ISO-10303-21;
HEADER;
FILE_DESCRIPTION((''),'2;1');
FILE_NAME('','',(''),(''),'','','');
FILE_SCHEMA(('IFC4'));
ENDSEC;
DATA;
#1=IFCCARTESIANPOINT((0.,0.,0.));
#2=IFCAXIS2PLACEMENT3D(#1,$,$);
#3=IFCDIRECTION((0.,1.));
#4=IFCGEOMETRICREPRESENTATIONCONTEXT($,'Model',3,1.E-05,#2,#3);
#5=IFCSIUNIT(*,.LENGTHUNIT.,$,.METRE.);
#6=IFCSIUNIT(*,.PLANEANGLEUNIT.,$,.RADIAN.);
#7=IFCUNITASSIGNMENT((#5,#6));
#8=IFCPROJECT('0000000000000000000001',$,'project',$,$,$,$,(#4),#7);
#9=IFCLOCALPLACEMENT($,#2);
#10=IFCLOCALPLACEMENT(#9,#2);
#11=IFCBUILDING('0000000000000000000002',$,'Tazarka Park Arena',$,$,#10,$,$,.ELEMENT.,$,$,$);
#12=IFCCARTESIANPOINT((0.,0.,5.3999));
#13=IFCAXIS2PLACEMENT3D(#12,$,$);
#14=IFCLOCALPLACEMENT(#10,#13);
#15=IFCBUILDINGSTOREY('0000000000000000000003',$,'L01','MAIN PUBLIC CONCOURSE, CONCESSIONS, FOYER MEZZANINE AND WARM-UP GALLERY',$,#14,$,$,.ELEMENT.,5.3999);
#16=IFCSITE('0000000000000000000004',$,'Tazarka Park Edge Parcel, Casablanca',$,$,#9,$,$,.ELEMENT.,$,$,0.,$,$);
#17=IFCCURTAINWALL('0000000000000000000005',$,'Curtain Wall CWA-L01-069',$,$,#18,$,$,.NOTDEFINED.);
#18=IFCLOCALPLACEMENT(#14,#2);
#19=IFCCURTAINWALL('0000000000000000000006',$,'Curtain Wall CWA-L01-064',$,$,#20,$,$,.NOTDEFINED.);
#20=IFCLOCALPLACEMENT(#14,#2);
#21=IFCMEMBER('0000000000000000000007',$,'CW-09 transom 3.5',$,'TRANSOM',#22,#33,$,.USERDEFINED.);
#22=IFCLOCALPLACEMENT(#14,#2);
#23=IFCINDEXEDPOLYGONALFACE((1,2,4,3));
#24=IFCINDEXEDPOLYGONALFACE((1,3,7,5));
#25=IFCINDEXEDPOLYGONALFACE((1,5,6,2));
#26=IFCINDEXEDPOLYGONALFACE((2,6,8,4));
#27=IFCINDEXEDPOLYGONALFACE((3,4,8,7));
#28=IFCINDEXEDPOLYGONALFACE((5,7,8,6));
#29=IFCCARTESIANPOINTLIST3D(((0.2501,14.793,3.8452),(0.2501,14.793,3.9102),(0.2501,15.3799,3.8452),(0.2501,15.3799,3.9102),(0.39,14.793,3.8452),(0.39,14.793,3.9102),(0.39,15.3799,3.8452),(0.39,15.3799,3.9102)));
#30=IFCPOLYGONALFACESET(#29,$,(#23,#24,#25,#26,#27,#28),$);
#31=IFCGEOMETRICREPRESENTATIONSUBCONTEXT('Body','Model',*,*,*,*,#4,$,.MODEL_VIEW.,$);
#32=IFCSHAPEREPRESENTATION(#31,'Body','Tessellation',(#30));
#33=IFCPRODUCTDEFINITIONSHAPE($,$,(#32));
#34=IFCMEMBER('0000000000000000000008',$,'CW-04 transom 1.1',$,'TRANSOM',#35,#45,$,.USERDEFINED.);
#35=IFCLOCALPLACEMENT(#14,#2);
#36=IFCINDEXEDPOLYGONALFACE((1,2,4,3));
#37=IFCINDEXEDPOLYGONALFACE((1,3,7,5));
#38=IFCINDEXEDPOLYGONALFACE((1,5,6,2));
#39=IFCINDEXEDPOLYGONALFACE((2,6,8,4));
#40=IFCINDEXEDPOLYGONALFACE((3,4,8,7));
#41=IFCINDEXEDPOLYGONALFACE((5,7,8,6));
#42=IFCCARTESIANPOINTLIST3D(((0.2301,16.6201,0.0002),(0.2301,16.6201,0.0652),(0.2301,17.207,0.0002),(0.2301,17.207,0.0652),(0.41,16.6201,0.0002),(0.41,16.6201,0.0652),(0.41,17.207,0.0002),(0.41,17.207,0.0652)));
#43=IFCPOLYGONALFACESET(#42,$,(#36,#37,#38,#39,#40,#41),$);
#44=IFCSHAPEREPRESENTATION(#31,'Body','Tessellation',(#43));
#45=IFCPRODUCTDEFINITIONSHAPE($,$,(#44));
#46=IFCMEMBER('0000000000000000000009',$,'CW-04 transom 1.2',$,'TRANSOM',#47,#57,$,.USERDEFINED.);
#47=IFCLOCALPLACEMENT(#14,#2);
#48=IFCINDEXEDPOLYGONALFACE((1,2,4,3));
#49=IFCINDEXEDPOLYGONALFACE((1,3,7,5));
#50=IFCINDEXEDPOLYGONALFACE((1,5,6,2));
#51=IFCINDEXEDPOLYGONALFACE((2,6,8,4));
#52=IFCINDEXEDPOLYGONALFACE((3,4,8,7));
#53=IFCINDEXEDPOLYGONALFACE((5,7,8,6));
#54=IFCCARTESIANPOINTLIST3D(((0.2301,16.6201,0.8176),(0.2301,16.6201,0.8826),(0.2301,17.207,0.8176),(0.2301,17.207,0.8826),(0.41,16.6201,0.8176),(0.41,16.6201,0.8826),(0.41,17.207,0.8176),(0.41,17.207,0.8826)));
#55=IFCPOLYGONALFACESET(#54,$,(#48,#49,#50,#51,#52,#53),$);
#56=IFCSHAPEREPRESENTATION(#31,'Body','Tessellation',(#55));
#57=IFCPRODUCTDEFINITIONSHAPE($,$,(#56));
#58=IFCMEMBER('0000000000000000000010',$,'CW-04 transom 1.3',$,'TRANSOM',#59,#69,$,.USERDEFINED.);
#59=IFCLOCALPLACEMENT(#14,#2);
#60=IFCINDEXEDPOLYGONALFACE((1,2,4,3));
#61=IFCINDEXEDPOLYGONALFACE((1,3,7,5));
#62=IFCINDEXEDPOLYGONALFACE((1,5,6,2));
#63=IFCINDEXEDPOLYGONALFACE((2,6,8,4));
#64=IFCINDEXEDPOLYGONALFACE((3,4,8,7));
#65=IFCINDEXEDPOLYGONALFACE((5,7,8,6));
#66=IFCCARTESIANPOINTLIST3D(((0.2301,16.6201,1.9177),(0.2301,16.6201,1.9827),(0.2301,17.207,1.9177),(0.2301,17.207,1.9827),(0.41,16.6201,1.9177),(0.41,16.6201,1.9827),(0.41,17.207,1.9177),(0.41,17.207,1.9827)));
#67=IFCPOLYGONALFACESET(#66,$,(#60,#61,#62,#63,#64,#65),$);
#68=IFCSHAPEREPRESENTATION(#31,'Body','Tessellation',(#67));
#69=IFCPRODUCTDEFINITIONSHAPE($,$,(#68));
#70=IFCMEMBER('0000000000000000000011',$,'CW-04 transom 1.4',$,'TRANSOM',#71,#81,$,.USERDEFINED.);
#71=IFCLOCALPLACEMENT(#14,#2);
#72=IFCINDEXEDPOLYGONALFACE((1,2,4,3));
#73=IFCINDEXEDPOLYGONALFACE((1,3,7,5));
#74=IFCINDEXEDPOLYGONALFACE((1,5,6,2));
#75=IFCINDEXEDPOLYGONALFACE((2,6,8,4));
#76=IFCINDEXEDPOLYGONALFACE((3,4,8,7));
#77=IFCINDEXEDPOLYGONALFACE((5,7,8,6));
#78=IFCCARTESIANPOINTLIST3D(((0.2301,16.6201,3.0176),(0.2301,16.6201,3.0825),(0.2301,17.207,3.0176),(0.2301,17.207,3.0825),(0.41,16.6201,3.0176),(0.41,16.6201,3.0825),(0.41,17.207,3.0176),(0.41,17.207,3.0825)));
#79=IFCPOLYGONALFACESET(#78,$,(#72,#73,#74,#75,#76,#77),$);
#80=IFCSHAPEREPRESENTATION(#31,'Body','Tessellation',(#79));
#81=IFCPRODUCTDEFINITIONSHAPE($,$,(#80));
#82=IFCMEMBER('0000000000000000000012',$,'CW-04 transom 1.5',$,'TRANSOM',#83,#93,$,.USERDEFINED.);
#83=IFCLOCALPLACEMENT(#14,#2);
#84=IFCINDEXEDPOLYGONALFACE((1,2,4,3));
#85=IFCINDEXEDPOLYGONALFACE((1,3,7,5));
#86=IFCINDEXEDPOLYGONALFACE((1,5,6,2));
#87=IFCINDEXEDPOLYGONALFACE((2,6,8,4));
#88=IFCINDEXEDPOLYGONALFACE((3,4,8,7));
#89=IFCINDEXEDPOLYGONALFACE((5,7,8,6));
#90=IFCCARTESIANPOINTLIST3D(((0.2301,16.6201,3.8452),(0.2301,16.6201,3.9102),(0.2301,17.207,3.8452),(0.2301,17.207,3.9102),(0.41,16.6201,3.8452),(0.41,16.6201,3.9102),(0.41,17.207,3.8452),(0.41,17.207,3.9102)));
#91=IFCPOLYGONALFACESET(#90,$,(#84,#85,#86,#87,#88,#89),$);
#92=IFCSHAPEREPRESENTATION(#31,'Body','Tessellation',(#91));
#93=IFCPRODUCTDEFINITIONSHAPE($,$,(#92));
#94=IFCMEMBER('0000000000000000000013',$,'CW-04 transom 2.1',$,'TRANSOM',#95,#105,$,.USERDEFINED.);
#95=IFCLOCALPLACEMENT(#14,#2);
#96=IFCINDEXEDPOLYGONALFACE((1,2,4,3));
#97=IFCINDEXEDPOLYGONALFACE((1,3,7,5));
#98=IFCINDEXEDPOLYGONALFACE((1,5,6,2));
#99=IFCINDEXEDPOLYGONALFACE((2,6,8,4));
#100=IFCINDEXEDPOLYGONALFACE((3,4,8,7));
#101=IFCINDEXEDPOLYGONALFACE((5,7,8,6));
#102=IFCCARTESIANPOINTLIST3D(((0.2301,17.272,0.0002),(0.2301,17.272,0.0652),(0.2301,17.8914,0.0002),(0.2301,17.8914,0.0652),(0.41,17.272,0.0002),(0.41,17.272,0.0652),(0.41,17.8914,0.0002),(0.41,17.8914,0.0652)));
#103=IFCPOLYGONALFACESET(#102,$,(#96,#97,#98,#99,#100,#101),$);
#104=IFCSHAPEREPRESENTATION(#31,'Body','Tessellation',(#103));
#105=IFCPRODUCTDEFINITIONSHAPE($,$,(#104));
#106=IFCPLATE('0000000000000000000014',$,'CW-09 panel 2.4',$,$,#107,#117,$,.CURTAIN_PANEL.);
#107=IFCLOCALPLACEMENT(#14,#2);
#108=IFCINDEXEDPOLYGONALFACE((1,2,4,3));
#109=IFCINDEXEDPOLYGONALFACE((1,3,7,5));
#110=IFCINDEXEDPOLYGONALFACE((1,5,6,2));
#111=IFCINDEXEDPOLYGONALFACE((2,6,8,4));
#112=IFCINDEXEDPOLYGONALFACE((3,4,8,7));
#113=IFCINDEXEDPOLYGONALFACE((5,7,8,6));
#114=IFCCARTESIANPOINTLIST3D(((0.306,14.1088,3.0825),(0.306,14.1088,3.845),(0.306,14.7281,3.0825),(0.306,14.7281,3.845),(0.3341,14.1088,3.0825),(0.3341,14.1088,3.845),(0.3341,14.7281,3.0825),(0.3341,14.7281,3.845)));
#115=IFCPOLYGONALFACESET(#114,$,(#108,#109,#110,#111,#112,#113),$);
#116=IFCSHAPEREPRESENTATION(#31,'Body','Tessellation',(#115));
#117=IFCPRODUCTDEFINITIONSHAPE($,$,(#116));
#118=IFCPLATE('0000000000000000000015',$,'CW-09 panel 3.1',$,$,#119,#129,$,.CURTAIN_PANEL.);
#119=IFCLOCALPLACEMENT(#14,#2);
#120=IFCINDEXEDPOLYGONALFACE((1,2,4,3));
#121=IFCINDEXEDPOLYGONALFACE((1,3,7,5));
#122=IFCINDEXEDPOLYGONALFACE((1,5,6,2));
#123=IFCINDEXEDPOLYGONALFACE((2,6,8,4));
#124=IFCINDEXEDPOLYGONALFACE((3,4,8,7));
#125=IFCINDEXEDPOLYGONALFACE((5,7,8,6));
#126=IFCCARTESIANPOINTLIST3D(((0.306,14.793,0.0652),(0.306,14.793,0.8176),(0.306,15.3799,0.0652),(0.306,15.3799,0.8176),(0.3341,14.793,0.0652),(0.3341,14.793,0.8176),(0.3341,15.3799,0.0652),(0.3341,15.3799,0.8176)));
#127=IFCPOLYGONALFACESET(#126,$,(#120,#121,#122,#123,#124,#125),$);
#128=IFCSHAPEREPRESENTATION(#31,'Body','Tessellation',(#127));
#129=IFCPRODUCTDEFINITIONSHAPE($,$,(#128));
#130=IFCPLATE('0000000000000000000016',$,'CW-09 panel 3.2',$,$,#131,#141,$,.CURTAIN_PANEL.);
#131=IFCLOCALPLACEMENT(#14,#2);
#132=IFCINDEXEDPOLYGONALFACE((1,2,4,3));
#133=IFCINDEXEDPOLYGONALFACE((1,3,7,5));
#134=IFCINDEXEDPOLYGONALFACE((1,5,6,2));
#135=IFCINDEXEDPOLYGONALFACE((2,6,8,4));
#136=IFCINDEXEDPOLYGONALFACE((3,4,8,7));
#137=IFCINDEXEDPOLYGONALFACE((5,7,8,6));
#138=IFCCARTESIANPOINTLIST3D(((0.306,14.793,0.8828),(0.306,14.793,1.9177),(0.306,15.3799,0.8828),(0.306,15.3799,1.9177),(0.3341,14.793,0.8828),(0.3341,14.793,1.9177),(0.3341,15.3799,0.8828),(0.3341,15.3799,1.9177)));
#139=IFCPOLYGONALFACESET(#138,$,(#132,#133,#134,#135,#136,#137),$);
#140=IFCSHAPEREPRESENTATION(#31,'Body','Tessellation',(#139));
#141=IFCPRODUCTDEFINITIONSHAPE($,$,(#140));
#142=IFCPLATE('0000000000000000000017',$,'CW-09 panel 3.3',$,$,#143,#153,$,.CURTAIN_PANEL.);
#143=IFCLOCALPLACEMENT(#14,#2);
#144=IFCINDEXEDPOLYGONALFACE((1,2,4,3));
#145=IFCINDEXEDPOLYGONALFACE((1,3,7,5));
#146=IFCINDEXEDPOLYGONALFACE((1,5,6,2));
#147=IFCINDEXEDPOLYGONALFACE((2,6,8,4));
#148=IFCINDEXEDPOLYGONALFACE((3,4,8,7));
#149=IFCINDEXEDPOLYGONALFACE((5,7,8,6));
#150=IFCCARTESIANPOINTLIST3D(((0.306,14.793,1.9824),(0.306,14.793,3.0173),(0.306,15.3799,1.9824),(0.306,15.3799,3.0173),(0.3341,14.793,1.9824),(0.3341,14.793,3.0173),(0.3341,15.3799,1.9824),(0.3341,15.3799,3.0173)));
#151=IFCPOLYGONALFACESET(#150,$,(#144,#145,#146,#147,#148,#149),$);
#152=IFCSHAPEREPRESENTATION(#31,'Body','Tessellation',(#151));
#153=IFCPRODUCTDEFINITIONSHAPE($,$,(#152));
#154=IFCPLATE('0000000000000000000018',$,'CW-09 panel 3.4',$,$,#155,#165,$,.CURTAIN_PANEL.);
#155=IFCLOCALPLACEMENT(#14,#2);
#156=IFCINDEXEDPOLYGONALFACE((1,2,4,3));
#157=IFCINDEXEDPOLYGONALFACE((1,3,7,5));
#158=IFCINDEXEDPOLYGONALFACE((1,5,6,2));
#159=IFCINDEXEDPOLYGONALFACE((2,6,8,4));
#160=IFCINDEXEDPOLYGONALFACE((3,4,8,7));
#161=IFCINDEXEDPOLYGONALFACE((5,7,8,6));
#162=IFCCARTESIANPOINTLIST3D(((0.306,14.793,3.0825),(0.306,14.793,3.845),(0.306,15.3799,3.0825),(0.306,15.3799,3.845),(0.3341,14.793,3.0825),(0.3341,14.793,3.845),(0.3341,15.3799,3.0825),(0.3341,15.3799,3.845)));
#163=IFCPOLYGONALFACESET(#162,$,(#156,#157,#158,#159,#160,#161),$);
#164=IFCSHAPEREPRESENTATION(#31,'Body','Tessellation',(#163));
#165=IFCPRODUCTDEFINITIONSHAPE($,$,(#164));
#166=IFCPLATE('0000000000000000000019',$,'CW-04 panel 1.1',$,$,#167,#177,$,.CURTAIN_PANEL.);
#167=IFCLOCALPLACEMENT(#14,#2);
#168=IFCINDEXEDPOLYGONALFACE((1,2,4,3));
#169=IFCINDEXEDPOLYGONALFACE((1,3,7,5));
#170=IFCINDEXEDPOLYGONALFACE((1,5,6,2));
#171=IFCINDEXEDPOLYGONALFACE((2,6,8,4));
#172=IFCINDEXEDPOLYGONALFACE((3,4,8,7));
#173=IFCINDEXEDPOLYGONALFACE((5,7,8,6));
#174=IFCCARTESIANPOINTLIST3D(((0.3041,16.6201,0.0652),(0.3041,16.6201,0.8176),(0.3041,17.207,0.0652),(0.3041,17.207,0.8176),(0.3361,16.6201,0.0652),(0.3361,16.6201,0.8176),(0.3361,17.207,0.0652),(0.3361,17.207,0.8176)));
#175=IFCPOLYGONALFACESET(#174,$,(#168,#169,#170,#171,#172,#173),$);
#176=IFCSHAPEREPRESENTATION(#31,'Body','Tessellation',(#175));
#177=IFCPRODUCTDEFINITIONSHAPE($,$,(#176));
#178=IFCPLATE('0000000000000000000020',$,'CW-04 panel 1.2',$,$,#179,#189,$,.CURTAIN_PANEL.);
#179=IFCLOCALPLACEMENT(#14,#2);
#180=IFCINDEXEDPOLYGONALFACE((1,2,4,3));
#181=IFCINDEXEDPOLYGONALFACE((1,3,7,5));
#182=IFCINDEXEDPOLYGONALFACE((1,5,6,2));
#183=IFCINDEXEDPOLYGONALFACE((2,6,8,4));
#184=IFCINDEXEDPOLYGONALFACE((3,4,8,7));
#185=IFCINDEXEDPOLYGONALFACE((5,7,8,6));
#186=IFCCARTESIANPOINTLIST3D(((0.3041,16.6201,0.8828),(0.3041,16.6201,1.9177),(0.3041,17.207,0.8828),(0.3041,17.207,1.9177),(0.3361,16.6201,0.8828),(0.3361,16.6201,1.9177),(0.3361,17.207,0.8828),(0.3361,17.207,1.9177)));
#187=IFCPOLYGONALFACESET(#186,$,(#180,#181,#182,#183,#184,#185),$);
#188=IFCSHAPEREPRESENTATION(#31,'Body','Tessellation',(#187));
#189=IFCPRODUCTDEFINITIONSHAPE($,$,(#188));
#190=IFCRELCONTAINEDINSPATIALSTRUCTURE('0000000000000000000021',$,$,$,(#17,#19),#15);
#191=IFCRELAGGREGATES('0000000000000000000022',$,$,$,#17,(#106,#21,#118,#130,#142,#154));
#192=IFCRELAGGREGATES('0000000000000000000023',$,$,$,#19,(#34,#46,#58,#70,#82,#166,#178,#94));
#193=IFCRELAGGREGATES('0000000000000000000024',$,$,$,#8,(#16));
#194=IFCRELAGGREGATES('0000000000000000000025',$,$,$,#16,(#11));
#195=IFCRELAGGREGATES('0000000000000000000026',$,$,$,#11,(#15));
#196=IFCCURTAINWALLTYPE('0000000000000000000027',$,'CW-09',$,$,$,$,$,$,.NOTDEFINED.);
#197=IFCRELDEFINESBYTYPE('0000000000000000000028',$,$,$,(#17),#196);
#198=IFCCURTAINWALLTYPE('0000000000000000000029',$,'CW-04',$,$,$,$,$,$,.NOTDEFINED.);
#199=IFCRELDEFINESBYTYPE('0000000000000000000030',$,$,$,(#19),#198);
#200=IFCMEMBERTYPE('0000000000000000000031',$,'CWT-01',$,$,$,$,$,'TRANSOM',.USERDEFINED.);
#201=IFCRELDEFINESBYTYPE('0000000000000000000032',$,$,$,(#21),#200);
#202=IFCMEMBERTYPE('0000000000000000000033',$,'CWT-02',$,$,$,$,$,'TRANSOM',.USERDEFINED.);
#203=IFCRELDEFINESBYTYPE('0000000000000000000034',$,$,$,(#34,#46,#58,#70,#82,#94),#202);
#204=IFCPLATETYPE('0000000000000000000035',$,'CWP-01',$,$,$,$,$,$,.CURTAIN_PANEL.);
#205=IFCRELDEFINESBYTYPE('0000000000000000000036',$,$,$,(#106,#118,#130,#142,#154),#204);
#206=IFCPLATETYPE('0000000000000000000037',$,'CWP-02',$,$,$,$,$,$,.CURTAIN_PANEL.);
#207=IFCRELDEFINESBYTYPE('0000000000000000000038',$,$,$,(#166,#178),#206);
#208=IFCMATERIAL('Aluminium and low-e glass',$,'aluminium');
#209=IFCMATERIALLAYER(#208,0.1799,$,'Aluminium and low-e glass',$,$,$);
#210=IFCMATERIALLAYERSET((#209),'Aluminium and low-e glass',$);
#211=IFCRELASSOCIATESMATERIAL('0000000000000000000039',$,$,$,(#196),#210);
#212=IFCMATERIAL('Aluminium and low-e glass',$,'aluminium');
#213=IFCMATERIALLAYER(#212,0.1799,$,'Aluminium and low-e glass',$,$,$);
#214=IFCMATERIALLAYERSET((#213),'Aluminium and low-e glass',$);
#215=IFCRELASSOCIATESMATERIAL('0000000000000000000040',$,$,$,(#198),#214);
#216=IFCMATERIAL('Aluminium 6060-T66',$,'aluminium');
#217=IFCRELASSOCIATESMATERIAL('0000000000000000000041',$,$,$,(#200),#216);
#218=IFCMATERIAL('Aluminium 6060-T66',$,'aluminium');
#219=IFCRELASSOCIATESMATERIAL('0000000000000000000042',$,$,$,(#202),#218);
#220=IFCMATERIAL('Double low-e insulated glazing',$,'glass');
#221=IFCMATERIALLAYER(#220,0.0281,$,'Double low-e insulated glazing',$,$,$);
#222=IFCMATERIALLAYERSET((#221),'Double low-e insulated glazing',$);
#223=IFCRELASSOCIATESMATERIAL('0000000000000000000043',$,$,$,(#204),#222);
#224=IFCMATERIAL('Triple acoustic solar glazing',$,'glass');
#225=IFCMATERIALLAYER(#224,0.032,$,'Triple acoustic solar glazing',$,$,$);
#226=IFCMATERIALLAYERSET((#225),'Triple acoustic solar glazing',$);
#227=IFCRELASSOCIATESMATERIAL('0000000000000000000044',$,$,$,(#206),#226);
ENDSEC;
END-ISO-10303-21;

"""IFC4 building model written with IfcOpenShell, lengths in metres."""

from ifc_helpers import new_model, si_unit, direction, frame, origin, origin_2d, place, context, subcontext, project, spatial, rectangle, extrude, material, layer, layer_set, material_profile, profile_set, type_object, element, aggregate, save


model = new_model("IFC4")

# Units and contexts
model_context = context("Model", 3, precision=1e-05, world=origin(), true_north=direction((0.0, 1.0)))
body_context = subcontext(model_context, "Body", "Model", "MODEL_VIEW")
ifc_project = project(units=[si_unit("LENGTHUNIT", "METRE"), si_unit("PLANEANGLEUNIT", "RADIAN")], contexts=[model_context])

# Site, building, storey
site_placement = place(None, origin())
site = spatial("IfcSite", under=ifc_project, at=site_placement, Name="Tazarka Park Edge Parcel, Casablanca", CompositionType="ELEMENT", RefElevation=0.0)
building_placement = place(site_placement, origin())
building = spatial("IfcBuilding", under=site, at=building_placement, Name="Tazarka Park Arena", CompositionType="ELEMENT")
storey_placement = place(building_placement, frame((0.0, 0.0, 5.3999)))
storey = spatial("IfcBuildingStorey", under=building, at=storey_placement, Name="L01", Description="MAIN PUBLIC CONCOURSE, CONCESSIONS, FOYER MEZZANINE AND WARM-UP GALLERY", CompositionType="ELEMENT", Elevation=5.3999)

# Curtain walls
ifc_material_1 = material(Name="Aluminium and low-e glass", Category="aluminium")
ifc_layer_1 = layer(ifc_material_1, 0.1799, Name="Aluminium and low-e glass")
ifc_layer_set_1 = layer_set([ifc_layer_1], Name="Aluminium and low-e glass")
curtain_wall_type_1 = type_object("IfcCurtainWallType", Name="CW-09", PredefinedType="NOTDEFINED", material=ifc_layer_set_1)
curtain_wall_1_placement = place(storey_placement, origin())
curtain_wall_1 = element("IfcCurtainWall", 1, at=curtain_wall_1_placement, inside=storey, type_object=curtain_wall_type_1, Name="Curtain Wall CWA-L01-069", PredefinedType="NOTDEFINED")
ifc_material_2 = material(Name="Aluminium and low-e glass", Category="aluminium")
ifc_layer_2 = layer(ifc_material_2, 0.1799, Name="Aluminium and low-e glass")
ifc_layer_set_2 = layer_set([ifc_layer_2], Name="Aluminium and low-e glass")
curtain_wall_type_2 = type_object("IfcCurtainWallType", Name="CW-04", PredefinedType="NOTDEFINED", material=ifc_layer_set_2)
curtain_wall_2_placement = place(storey_placement, origin())
curtain_wall_2 = element("IfcCurtainWall", 2, at=curtain_wall_2_placement, inside=storey, type_object=curtain_wall_type_2, Name="Curtain Wall CWA-L01-064", PredefinedType="NOTDEFINED")

# Members
ifc_material_3 = material(Name="Aluminium 6060-T66", Category="aluminium")
ifc_material_profile_1 = material_profile(ifc_material_3, rectangle(XDim=0.1399, YDim=0.0649, at=origin_2d()), Name="Aluminium 6060-T66")
ifc_profile_set_1 = profile_set([ifc_material_profile_1], Name="Aluminium 6060-T66")
member_type_1 = type_object("IfcMemberType", Name="CWT-01", ElementType="TRANSOM", PredefinedType="USERDEFINED", material=ifc_profile_set_1)
member_1_placement = place(storey_placement, frame((0.3201, 14.793, 3.8777), z_axis=(0.0, 1.0, 0.0), x_axis=(-1.0, 0.0, 0.0)))
member_1 = element("IfcMember", 3, at=member_1_placement, type_object=member_type_1, Name="CW-09 transom 3.5", ObjectType="TRANSOM", PredefinedType="USERDEFINED", context=body_context, shape_type="SweptSolid", body=[
    extrude(rectangle(XDim=0.1399, YDim=0.0649, at=origin_2d()), origin(), (0.0, 0.0, 1.0), 0.5869),
])
ifc_material_4 = material(Name="Aluminium 6060-T66", Category="aluminium")
ifc_material_profile_2 = material_profile(ifc_material_4, rectangle(XDim=0.1799, YDim=0.0649, at=origin_2d()), Name="Aluminium 6060-T66")
ifc_profile_set_2 = profile_set([ifc_material_profile_2], Name="Aluminium 6060-T66")
member_type_2 = type_object("IfcMemberType", Name="CWT-02", ElementType="TRANSOM", PredefinedType="USERDEFINED", material=ifc_profile_set_2)
member_2_placement = place(storey_placement, frame((0.3201, 16.6201, 0.0327), z_axis=(0.0, 1.0, 0.0), x_axis=(-1.0, 0.0, 0.0)))
member_2 = element("IfcMember", 4, at=member_2_placement, type_object=member_type_2, Name="CW-04 transom 1.1", ObjectType="TRANSOM", PredefinedType="USERDEFINED", context=body_context, shape_type="SweptSolid", body=[
    extrude(rectangle(XDim=0.1799, YDim=0.0649, at=origin_2d()), origin(), (0.0, 0.0, 1.0), 0.5869),
])
member_3_placement = place(storey_placement, frame((0.3201, 16.6201, 0.8501), z_axis=(0.0, 1.0, 0.0), x_axis=(-1.0, 0.0, 0.0)))
member_3 = element("IfcMember", 5, at=member_3_placement, type_object=member_type_2, Name="CW-04 transom 1.2", ObjectType="TRANSOM", PredefinedType="USERDEFINED", context=body_context, shape_type="SweptSolid", body=[
    extrude(rectangle(XDim=0.1799, YDim=0.0649, at=origin_2d()), origin(), (0.0, 0.0, 1.0), 0.5869),
])
member_4_placement = place(storey_placement, frame((0.3201, 16.6201, 1.9502), z_axis=(0.0, 1.0, 0.0), x_axis=(-1.0, 0.0, 0.0)))
member_4 = element("IfcMember", 6, at=member_4_placement, type_object=member_type_2, Name="CW-04 transom 1.3", ObjectType="TRANSOM", PredefinedType="USERDEFINED", context=body_context, shape_type="SweptSolid", body=[
    extrude(rectangle(XDim=0.1799, YDim=0.0649, at=origin_2d()), origin(), (0.0, 0.0, 1.0), 0.5869),
])
member_5_placement = place(storey_placement, frame((0.3201, 16.6201, 3.05), z_axis=(0.0, 1.0, 0.0), x_axis=(-1.0, 0.0, 0.0)))
member_5 = element("IfcMember", 7, at=member_5_placement, type_object=member_type_2, Name="CW-04 transom 1.4", ObjectType="TRANSOM", PredefinedType="USERDEFINED", context=body_context, shape_type="SweptSolid", body=[
    extrude(rectangle(XDim=0.1799, YDim=0.0649, at=origin_2d()), origin(), (0.0, 0.0, 1.0), 0.5869),
])
member_6_placement = place(storey_placement, frame((0.3201, 16.6201, 3.8777), z_axis=(0.0, 1.0, 0.0), x_axis=(-1.0, 0.0, 0.0)))
member_6 = element("IfcMember", 8, at=member_6_placement, type_object=member_type_2, Name="CW-04 transom 1.5", ObjectType="TRANSOM", PredefinedType="USERDEFINED", context=body_context, shape_type="SweptSolid", body=[
    extrude(rectangle(XDim=0.1799, YDim=0.0649, at=origin_2d()), origin(), (0.0, 0.0, 1.0), 0.5869),
])
member_7_placement = place(storey_placement, frame((0.3201, 17.272, 0.0327), z_axis=(0.0, 1.0, 0.0), x_axis=(-1.0, 0.0, 0.0)))
member_7 = element("IfcMember", 9, at=member_7_placement, type_object=member_type_2, Name="CW-04 transom 2.1", ObjectType="TRANSOM", PredefinedType="USERDEFINED", context=body_context, shape_type="SweptSolid", body=[
    extrude(rectangle(XDim=0.1799, YDim=0.0649, at=origin_2d()), origin(), (0.0, 0.0, 1.0), 0.6194),
])

# Plates
ifc_material_5 = material(Name="Double low-e insulated glazing", Category="glass")
ifc_layer_3 = layer(ifc_material_5, 0.0281, Name="Double low-e insulated glazing")
ifc_layer_set_3 = layer_set([ifc_layer_3], Name="Double low-e insulated glazing")
plate_type_1 = type_object("IfcPlateType", Name="CWP-01", PredefinedType="CURTAIN_PANEL", material=ifc_layer_set_3)
plate_1_placement = place(storey_placement, frame((0.3201, 14.4185, 3.0825), z_axis=(0.0, 0.0, 1.0), x_axis=(0.0, 1.0, 0.0)))
plate_1 = element("IfcPlate", 10, at=plate_1_placement, type_object=plate_type_1, Name="CW-09 panel 2.4", PredefinedType="CURTAIN_PANEL", context=body_context, shape_type="SweptSolid", body=[
    extrude(rectangle(XDim=0.6194, YDim=0.0281, at=origin_2d()), origin(), (0.0, 0.0, 1.0), 0.7625),
])
plate_2_placement = place(storey_placement, frame((0.3201, 15.0864, 0.0652), z_axis=(0.0, 0.0, 1.0), x_axis=(0.0, 1.0, 0.0)))
plate_2 = element("IfcPlate", 11, at=plate_2_placement, type_object=plate_type_1, Name="CW-09 panel 3.1", PredefinedType="CURTAIN_PANEL", context=body_context, shape_type="SweptSolid", body=[
    extrude(rectangle(XDim=0.5869, YDim=0.0281, at=origin_2d()), origin(), (0.0, 0.0, 1.0), 0.7524),
])
plate_3_placement = place(storey_placement, frame((0.3201, 15.0864, 0.8828), z_axis=(0.0, 0.0, 1.0), x_axis=(0.0, 1.0, 0.0)))
plate_3 = element("IfcPlate", 12, at=plate_3_placement, type_object=plate_type_1, Name="CW-09 panel 3.2", PredefinedType="CURTAIN_PANEL", context=body_context, shape_type="SweptSolid", body=[
    extrude(rectangle(XDim=0.5869, YDim=0.0281, at=origin_2d()), origin(), (0.0, 0.0, 1.0), 1.0349),
])
plate_4_placement = place(storey_placement, frame((0.3201, 15.0864, 1.9824), z_axis=(0.0, 0.0, 1.0), x_axis=(0.0, 1.0, 0.0)))
plate_4 = element("IfcPlate", 13, at=plate_4_placement, type_object=plate_type_1, Name="CW-09 panel 3.3", PredefinedType="CURTAIN_PANEL", context=body_context, shape_type="SweptSolid", body=[
    extrude(rectangle(XDim=0.5869, YDim=0.0281, at=origin_2d()), origin(), (0.0, 0.0, 1.0), 1.0349),
])
plate_5_placement = place(storey_placement, frame((0.3201, 15.0864, 3.0825), z_axis=(0.0, 0.0, 1.0), x_axis=(0.0, 1.0, 0.0)))
plate_5 = element("IfcPlate", 14, at=plate_5_placement, type_object=plate_type_1, Name="CW-09 panel 3.4", PredefinedType="CURTAIN_PANEL", context=body_context, shape_type="SweptSolid", body=[
    extrude(rectangle(XDim=0.5869, YDim=0.0281, at=origin_2d()), origin(), (0.0, 0.0, 1.0), 0.7625),
])
aggregate(curtain_wall_1, [plate_1, member_1, plate_2, plate_3, plate_4, plate_5])
ifc_material_6 = material(Name="Triple acoustic solar glazing", Category="glass")
ifc_layer_4 = layer(ifc_material_6, 0.032, Name="Triple acoustic solar glazing")
ifc_layer_set_4 = layer_set([ifc_layer_4], Name="Triple acoustic solar glazing")
plate_type_2 = type_object("IfcPlateType", Name="CWP-02", PredefinedType="CURTAIN_PANEL", material=ifc_layer_set_4)
plate_6_placement = place(storey_placement, frame((0.3201, 16.9136, 0.0652), z_axis=(0.0, 0.0, 1.0), x_axis=(0.0, 1.0, 0.0)))
plate_6 = element("IfcPlate", 15, at=plate_6_placement, type_object=plate_type_2, Name="CW-04 panel 1.1", PredefinedType="CURTAIN_PANEL", context=body_context, shape_type="SweptSolid", body=[
    extrude(rectangle(XDim=0.5869, YDim=0.032, at=origin_2d()), origin(), (0.0, 0.0, 1.0), 0.7524),
])
plate_7_placement = place(storey_placement, frame((0.3201, 16.9136, 0.8828), z_axis=(0.0, 0.0, 1.0), x_axis=(0.0, 1.0, 0.0)))
plate_7 = element("IfcPlate", 16, at=plate_7_placement, type_object=plate_type_2, Name="CW-04 panel 1.2", PredefinedType="CURTAIN_PANEL", context=body_context, shape_type="SweptSolid", body=[
    extrude(rectangle(XDim=0.5869, YDim=0.032, at=origin_2d()), origin(), (0.0, 0.0, 1.0), 1.0349),
])
aggregate(curtain_wall_2, [member_2, member_3, member_4, member_5, member_6, plate_6, plate_7, member_7])

save(model, "model.ifc")
